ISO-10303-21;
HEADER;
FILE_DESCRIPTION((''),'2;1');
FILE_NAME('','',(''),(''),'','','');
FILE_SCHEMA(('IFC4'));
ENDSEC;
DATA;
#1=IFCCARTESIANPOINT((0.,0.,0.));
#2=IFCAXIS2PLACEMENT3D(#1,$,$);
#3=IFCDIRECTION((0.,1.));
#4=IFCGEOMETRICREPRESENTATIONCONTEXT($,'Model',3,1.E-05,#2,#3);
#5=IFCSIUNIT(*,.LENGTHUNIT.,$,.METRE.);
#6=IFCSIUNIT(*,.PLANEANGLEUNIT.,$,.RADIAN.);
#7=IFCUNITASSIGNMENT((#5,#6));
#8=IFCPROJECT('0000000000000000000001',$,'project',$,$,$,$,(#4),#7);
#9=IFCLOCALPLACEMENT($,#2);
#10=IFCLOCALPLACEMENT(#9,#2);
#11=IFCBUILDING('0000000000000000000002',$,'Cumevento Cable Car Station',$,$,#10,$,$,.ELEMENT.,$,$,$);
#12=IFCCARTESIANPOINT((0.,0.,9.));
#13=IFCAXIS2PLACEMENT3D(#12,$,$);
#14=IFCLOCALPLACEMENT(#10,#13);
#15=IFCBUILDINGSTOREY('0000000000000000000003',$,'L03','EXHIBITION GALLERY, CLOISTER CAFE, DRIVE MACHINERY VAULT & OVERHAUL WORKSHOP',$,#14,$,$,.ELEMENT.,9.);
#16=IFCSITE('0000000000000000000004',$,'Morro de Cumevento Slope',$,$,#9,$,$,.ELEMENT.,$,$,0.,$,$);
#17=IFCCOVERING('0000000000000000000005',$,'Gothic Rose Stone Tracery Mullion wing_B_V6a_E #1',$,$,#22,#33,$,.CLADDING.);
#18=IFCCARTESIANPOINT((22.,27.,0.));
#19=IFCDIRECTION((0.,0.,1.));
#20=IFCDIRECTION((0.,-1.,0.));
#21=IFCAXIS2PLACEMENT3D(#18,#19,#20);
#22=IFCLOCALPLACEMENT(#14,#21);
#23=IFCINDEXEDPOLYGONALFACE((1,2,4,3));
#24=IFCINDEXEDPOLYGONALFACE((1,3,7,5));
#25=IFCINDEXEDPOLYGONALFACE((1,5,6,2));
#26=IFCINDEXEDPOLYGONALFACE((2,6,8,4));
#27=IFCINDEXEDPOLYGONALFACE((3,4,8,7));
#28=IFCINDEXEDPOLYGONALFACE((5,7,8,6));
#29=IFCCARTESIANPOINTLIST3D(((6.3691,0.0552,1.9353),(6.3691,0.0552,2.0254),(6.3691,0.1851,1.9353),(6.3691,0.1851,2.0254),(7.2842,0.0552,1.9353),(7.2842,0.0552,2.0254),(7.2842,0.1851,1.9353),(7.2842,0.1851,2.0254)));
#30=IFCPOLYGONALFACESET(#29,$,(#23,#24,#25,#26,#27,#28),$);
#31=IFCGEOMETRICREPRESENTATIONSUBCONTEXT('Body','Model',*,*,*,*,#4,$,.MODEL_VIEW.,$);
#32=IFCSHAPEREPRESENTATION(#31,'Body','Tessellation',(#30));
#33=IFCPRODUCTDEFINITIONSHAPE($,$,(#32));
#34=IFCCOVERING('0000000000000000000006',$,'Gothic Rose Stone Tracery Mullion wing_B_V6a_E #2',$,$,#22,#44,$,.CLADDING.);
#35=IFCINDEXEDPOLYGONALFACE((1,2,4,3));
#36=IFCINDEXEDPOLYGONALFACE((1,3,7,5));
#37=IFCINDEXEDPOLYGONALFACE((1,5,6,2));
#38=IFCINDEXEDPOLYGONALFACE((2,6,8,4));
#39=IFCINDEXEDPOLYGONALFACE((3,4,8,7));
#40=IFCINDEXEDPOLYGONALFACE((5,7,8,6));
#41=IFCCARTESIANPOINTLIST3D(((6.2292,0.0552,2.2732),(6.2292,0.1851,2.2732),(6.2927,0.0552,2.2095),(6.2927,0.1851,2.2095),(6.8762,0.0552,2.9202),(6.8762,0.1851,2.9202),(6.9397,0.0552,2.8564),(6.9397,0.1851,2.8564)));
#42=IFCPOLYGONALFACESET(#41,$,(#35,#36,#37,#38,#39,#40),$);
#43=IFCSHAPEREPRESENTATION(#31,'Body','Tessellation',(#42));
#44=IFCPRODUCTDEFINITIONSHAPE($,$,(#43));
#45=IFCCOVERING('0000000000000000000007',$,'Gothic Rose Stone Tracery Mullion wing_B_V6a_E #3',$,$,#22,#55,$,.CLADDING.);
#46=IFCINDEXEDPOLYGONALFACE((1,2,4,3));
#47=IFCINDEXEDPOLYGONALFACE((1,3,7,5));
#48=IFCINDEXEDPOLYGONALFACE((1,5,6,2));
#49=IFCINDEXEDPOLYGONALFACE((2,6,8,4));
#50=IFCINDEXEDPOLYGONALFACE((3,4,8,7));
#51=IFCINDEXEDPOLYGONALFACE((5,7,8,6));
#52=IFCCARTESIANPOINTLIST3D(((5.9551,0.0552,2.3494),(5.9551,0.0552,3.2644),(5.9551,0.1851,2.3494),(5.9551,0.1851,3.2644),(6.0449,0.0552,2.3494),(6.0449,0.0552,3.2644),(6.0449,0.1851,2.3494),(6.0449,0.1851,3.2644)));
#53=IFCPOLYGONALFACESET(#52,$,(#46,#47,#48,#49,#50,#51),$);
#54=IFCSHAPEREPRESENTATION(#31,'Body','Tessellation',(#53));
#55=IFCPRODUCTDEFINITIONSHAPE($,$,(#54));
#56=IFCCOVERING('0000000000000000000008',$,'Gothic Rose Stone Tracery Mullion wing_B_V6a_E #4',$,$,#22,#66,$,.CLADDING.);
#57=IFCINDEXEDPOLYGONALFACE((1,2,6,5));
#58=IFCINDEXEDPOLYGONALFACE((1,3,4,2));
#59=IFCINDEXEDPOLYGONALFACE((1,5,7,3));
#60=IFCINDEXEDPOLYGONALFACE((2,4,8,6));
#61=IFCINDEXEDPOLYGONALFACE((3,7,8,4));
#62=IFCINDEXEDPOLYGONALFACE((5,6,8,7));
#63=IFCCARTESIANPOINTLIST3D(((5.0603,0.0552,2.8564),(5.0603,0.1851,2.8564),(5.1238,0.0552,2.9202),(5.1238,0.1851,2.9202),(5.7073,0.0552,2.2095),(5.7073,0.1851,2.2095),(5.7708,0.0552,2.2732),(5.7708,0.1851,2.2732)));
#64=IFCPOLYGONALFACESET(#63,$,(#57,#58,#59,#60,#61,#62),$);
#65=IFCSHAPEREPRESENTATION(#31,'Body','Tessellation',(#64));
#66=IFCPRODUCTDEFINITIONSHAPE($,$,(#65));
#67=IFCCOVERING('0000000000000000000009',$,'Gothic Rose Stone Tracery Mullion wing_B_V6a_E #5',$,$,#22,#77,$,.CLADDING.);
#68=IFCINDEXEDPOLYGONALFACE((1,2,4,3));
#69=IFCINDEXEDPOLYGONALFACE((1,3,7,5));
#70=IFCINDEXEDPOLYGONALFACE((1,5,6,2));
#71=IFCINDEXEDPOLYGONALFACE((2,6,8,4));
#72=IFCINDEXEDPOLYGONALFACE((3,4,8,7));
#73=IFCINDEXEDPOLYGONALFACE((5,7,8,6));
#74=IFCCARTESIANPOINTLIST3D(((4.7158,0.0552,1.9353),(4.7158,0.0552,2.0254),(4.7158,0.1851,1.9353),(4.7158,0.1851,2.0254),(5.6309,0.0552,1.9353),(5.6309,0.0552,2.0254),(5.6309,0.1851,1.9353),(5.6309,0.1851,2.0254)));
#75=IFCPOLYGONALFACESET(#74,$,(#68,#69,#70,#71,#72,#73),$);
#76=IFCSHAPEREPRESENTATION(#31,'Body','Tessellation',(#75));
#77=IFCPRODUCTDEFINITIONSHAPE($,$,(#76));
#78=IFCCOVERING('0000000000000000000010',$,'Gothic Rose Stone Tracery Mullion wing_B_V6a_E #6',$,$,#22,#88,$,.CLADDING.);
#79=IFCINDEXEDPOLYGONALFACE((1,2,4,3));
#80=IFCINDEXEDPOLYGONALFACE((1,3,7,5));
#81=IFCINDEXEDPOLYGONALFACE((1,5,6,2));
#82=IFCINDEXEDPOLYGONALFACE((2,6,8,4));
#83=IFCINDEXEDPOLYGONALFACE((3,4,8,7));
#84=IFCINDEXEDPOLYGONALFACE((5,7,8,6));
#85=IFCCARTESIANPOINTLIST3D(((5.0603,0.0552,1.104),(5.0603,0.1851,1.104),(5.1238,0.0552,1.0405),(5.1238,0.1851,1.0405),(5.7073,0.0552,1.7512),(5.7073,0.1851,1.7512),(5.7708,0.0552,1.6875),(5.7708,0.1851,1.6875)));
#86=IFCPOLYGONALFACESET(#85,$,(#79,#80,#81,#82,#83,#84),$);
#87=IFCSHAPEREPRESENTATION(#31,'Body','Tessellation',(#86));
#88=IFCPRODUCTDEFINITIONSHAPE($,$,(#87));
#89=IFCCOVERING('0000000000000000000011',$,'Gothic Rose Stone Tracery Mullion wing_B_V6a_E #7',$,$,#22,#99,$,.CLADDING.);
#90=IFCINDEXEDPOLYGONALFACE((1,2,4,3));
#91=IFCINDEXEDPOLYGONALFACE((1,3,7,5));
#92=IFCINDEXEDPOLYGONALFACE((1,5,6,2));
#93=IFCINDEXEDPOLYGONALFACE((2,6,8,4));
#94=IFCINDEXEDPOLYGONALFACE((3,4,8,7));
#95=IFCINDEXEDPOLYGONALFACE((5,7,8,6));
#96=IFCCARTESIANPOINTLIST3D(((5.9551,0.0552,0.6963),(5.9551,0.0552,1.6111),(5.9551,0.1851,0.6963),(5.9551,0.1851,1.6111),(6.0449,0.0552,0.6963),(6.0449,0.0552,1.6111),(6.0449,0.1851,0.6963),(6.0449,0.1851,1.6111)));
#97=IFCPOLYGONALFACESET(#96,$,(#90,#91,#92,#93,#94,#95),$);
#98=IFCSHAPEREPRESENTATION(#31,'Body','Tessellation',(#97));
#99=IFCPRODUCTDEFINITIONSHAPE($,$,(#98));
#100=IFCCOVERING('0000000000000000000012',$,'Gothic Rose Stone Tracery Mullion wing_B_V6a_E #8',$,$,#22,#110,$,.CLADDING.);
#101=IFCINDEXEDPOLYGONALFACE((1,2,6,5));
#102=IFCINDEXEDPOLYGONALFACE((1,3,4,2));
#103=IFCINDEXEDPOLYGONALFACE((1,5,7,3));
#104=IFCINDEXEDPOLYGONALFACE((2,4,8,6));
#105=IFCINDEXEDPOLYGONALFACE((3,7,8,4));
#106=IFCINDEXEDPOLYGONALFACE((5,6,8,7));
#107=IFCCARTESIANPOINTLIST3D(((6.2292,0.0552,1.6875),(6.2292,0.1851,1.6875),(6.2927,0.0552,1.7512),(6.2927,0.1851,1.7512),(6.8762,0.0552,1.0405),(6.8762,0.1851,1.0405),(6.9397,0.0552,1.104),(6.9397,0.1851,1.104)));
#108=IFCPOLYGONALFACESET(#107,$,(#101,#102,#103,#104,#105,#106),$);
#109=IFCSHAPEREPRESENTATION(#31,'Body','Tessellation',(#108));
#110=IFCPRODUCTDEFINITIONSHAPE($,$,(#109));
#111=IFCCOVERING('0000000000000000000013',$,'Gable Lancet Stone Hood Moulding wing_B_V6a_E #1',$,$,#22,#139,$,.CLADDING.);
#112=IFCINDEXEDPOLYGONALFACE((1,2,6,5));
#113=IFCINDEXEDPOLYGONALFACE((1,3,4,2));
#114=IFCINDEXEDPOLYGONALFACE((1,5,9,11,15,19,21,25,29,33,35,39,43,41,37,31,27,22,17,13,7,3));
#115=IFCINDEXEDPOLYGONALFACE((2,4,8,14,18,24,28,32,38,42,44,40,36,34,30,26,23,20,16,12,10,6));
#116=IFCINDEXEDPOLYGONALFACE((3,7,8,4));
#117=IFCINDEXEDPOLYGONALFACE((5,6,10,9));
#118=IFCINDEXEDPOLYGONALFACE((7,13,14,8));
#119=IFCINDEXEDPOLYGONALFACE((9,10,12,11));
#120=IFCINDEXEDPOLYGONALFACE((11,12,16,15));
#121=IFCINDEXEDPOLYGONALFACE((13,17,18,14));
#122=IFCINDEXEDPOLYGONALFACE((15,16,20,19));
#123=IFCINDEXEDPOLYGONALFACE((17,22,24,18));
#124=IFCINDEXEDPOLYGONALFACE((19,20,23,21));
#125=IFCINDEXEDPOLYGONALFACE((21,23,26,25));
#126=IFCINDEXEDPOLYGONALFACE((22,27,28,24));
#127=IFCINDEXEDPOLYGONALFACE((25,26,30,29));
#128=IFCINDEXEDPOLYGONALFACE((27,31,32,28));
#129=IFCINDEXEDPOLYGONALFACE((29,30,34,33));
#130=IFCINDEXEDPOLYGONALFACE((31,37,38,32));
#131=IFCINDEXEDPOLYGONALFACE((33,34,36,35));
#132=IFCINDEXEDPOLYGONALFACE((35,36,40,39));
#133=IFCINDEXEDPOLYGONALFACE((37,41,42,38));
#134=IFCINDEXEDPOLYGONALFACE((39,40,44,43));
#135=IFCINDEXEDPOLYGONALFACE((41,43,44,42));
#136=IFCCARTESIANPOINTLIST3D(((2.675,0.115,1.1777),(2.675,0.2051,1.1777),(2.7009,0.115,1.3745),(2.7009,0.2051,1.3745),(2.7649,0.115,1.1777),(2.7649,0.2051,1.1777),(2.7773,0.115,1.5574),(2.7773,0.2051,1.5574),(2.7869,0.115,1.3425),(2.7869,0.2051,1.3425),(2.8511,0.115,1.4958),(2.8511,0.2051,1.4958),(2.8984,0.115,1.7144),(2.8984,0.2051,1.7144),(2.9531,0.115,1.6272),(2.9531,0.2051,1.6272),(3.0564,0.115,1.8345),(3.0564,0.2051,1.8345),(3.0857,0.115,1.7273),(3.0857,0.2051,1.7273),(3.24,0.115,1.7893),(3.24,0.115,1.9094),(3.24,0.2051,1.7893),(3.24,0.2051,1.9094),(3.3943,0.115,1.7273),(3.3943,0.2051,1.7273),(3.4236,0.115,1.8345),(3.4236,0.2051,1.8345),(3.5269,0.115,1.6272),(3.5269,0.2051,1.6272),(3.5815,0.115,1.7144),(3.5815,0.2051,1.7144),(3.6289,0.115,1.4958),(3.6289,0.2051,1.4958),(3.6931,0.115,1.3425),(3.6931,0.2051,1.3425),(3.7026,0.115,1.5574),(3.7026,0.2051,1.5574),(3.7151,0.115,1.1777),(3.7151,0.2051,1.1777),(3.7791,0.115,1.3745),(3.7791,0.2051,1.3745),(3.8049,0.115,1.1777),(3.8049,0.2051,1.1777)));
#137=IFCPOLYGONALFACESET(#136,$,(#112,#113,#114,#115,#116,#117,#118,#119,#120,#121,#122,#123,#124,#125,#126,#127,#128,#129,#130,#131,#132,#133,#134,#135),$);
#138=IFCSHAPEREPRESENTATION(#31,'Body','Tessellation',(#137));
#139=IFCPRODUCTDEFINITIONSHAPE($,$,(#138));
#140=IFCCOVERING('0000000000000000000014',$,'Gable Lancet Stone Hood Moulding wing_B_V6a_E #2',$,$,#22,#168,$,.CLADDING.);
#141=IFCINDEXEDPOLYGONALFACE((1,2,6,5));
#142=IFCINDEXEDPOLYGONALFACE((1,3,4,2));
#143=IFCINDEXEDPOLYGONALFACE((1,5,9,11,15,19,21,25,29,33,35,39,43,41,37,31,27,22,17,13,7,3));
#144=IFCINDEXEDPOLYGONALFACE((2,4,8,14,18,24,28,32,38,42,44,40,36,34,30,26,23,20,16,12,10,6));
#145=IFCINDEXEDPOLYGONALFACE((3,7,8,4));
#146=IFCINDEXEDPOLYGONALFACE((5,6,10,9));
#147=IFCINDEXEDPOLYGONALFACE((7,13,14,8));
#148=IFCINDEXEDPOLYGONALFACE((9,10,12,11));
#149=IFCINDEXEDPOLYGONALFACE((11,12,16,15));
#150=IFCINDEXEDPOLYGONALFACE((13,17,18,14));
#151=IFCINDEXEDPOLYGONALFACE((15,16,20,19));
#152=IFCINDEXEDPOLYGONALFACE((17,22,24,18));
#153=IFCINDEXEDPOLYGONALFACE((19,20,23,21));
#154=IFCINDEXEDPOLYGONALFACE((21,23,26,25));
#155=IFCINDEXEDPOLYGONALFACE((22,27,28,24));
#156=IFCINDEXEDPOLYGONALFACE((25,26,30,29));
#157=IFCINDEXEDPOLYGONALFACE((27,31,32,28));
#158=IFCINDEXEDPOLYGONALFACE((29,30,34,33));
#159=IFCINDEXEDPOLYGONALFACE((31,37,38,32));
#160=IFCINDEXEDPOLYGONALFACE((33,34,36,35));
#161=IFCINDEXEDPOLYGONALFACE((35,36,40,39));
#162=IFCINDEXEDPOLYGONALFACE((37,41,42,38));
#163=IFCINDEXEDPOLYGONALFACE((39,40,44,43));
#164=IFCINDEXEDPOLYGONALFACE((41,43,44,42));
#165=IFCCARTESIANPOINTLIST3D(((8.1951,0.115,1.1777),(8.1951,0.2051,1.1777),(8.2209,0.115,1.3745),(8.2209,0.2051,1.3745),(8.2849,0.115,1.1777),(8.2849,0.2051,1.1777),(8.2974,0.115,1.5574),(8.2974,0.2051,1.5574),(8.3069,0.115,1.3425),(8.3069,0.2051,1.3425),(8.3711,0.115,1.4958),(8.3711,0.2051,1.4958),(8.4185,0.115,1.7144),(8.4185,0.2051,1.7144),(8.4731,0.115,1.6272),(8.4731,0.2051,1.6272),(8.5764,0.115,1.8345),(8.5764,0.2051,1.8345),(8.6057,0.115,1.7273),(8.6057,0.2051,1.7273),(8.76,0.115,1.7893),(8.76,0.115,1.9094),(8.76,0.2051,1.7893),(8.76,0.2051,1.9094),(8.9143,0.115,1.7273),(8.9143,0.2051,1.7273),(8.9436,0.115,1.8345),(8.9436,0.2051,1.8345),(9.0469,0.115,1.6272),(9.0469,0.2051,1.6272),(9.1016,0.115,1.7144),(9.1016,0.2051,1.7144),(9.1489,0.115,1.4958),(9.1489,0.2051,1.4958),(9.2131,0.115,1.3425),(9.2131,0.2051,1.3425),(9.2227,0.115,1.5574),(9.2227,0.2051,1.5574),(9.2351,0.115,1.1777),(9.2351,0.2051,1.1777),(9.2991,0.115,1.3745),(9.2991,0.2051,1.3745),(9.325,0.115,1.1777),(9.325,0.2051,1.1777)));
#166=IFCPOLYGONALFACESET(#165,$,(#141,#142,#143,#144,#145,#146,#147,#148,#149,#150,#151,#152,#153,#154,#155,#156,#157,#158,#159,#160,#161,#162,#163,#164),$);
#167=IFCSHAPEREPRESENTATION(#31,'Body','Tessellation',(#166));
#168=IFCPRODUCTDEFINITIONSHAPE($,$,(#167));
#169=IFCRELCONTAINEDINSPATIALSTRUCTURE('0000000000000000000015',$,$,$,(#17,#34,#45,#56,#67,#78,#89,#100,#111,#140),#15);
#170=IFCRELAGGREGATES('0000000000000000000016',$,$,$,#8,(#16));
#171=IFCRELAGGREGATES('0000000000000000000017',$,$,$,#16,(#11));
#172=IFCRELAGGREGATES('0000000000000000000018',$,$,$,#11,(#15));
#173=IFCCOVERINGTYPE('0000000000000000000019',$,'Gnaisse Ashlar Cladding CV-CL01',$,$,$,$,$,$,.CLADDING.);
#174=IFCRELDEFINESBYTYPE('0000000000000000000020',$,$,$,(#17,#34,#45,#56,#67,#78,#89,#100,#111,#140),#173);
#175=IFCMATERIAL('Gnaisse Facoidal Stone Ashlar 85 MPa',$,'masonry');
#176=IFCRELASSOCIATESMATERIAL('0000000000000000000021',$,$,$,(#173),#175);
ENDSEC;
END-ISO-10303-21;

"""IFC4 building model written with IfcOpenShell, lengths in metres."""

from ifc_helpers import new_model, si_unit, direction, frame, origin, place, context, subcontext, project, spatial, polyline, outline, extrude, material, type_object, element, save


model = new_model("IFC4")

# Units and contexts
model_context = context("Model", 3, precision=1e-05, world=origin(), true_north=direction((0.0, 1.0)))
body_context = subcontext(model_context, "Body", "Model", "MODEL_VIEW")
ifc_project = project(units=[si_unit("LENGTHUNIT", "METRE"), si_unit("PLANEANGLEUNIT", "RADIAN")], contexts=[model_context])

# Site, building, storey
site_placement = place(None, origin())
site = spatial("IfcSite", under=ifc_project, at=site_placement, Name="Morro de Cumevento Slope", CompositionType="ELEMENT", RefElevation=0.0)
building_placement = place(site_placement, origin())
building = spatial("IfcBuilding", under=site, at=building_placement, Name="Cumevento Cable Car Station", CompositionType="ELEMENT")
storey_placement = place(building_placement, frame((0.0, 0.0, 9.0)))
storey = spatial("IfcBuildingStorey", under=building, at=storey_placement, Name="L03", Description="EXHIBITION GALLERY, CLOISTER CAFE, DRIVE MACHINERY VAULT & OVERHAUL WORKSHOP", CompositionType="ELEMENT", Elevation=9.0)

# Coverings
ifc_material_1 = material(Name="Gnaisse Facoidal Stone Ashlar 85 MPa", Category="masonry")
covering_type = type_object("IfcCoveringType", Name="Gnaisse Ashlar Cladding CV-CL01", PredefinedType="CLADDING", material=ifc_material_1)
placement = place(storey_placement, frame((22.0, 27.0, 0.0), z_axis=(0.0, 0.0, 1.0), x_axis=(0.0, -1.0, 0.0)))
element("IfcCovering", 1, at=placement, inside=storey, type_object=covering_type, Name="Gothic Rose Stone Tracery Mullion wing_B_V6a_E #1", PredefinedType="CLADDING", context=body_context, shape_type="SweptSolid", body=[
    extrude(outline(polyline([(6.3691, 2.0254), (7.2842, 2.0254), (7.2842, 1.9353), (6.3691, 1.9353), (6.3691, 2.0254)])), frame((0.0, 0.1851, 0.0), z_axis=(0.0, -1.0, 0.0), x_axis=(1.0, 0.0, 0.0)), (0.0, 0.0, 1.0), 0.1299),
])
element("IfcCovering", 2, at=placement, inside=storey, type_object=covering_type, Name="Gothic Rose Stone Tracery Mullion wing_B_V6a_E #2", PredefinedType="CLADDING", context=body_context, shape_type="SweptSolid", body=[
    extrude(outline(polyline([(6.2292, 2.2732), (6.8762, 2.9202), (6.9397, 2.8564), (6.2927, 2.2095), (6.2292, 2.2732)])), frame((0.0, 0.1851, 0.0), z_axis=(0.0, -1.0, 0.0), x_axis=(1.0, 0.0, 0.0)), (0.0, 0.0, 1.0), 0.1299),
])
element("IfcCovering", 3, at=placement, inside=storey, type_object=covering_type, Name="Gothic Rose Stone Tracery Mullion wing_B_V6a_E #3", PredefinedType="CLADDING", context=body_context, shape_type="SweptSolid", body=[
    extrude(outline(polyline([(5.9551, 2.3494), (5.9551, 3.2644), (6.0449, 3.2644), (6.0449, 2.3494), (5.9551, 2.3494)])), frame((0.0, 0.1851, 0.0), z_axis=(0.0, -1.0, 0.0), x_axis=(1.0, 0.0, 0.0)), (0.0, 0.0, 1.0), 0.1299),
])
element("IfcCovering", 4, at=placement, inside=storey, type_object=covering_type, Name="Gothic Rose Stone Tracery Mullion wing_B_V6a_E #4", PredefinedType="CLADDING", context=body_context, shape_type="SweptSolid", body=[
    extrude(outline(polyline([(5.7073, 2.2095), (5.0603, 2.8564), (5.1238, 2.9202), (5.7708, 2.2732), (5.7073, 2.2095)])), frame((0.0, 0.1851, 0.0), z_axis=(0.0, -1.0, 0.0), x_axis=(1.0, 0.0, 0.0)), (0.0, 0.0, 1.0), 0.1299),
])
element("IfcCovering", 5, at=placement, inside=storey, type_object=covering_type, Name="Gothic Rose Stone Tracery Mullion wing_B_V6a_E #5", PredefinedType="CLADDING", context=body_context, shape_type="SweptSolid", body=[
    extrude(outline(polyline([(5.6309, 1.9353), (4.7158, 1.9353), (4.7158, 2.0254), (5.6309, 2.0254), (5.6309, 1.9353)])), frame((0.0, 0.1851, 0.0), z_axis=(0.0, -1.0, 0.0), x_axis=(1.0, 0.0, 0.0)), (0.0, 0.0, 1.0), 0.1299),
])
element("IfcCovering", 6, at=placement, inside=storey, type_object=covering_type, Name="Gothic Rose Stone Tracery Mullion wing_B_V6a_E #6", PredefinedType="CLADDING", context=body_context, shape_type="SweptSolid", body=[
    extrude(outline(polyline([(5.7708, 1.6875), (5.1238, 1.0405), (5.0603, 1.104), (5.7073, 1.7512), (5.7708, 1.6875)])), frame((0.0, 0.1851, 0.0), z_axis=(0.0, -1.0, 0.0), x_axis=(1.0, 0.0, 0.0)), (0.0, 0.0, 1.0), 0.1299),
])
element("IfcCovering", 7, at=placement, inside=storey, type_object=covering_type, Name="Gothic Rose Stone Tracery Mullion wing_B_V6a_E #7", PredefinedType="CLADDING", context=body_context, shape_type="SweptSolid", body=[
    extrude(outline(polyline([(6.0449, 1.6111), (6.0449, 0.6963), (5.9551, 0.6963), (5.9551, 1.6111), (6.0449, 1.6111)])), frame((0.0, 0.1851, 0.0), z_axis=(0.0, -1.0, 0.0), x_axis=(1.0, 0.0, 0.0)), (0.0, 0.0, 1.0), 0.1299),
])
element("IfcCovering", 8, at=placement, inside=storey, type_object=covering_type, Name="Gothic Rose Stone Tracery Mullion wing_B_V6a_E #8", PredefinedType="CLADDING", context=body_context, shape_type="SweptSolid", body=[
    extrude(outline(polyline([(6.2927, 1.7512), (6.9397, 1.104), (6.8762, 1.0405), (6.2292, 1.6875), (6.2927, 1.7512)])), frame((0.0, 0.1851, 0.0), z_axis=(0.0, -1.0, 0.0), x_axis=(1.0, 0.0, 0.0)), (0.0, 0.0, 1.0), 0.1299),
])
element("IfcCovering", 9, at=placement, inside=storey, type_object=covering_type, Name="Gable Lancet Stone Hood Moulding wing_B_V6a_E #1", PredefinedType="CLADDING", context=body_context, shape_type="SweptSolid", body=[
    extrude(outline(polyline([(2.7649, 1.1777), (2.7869, 1.3425), (2.8511, 1.4958), (2.9531, 1.6272), (3.0857, 1.7273), (3.24, 1.7893), (3.3943, 1.7273), (3.5269, 1.6272), (3.6289, 1.4958), (3.6931, 1.3425), (3.7151, 1.1777), (3.8049, 1.1777), (3.7791, 1.3745), (3.7026, 1.5574), (3.5815, 1.7144), (3.4236, 1.8345), (3.24, 1.9094), (3.0564, 1.8345), (2.8984, 1.7144), (2.7773, 1.5574), (2.7009, 1.3745), (2.675, 1.1777), (2.7649, 1.1777)])), frame((0.0, 0.2051, 0.0), z_axis=(0.0, -1.0, 0.0), x_axis=(1.0, 0.0, 0.0)), (0.0, 0.0, 1.0), 0.0901),
])
element("IfcCovering", 10, at=placement, inside=storey, type_object=covering_type, Name="Gable Lancet Stone Hood Moulding wing_B_V6a_E #2", PredefinedType="CLADDING", context=body_context, shape_type="SweptSolid", body=[
    extrude(outline(polyline([(8.2849, 1.1777), (8.3069, 1.3425), (8.3711, 1.4958), (8.4731, 1.6272), (8.6057, 1.7273), (8.76, 1.7893), (8.9143, 1.7273), (9.0469, 1.6272), (9.1489, 1.4958), (9.2131, 1.3425), (9.2351, 1.1777), (9.325, 1.1777), (9.2991, 1.3745), (9.2227, 1.5574), (9.1016, 1.7144), (8.9436, 1.8345), (8.76, 1.9094), (8.5764, 1.8345), (8.4185, 1.7144), (8.2974, 1.5574), (8.2209, 1.3745), (8.1951, 1.1777), (8.2849, 1.1777)])), frame((0.0, 0.2051, 0.0), z_axis=(0.0, -1.0, 0.0), x_axis=(1.0, 0.0, 0.0)), (0.0, 0.0, 1.0), 0.0901),
])

save(model, "model.ifc")
